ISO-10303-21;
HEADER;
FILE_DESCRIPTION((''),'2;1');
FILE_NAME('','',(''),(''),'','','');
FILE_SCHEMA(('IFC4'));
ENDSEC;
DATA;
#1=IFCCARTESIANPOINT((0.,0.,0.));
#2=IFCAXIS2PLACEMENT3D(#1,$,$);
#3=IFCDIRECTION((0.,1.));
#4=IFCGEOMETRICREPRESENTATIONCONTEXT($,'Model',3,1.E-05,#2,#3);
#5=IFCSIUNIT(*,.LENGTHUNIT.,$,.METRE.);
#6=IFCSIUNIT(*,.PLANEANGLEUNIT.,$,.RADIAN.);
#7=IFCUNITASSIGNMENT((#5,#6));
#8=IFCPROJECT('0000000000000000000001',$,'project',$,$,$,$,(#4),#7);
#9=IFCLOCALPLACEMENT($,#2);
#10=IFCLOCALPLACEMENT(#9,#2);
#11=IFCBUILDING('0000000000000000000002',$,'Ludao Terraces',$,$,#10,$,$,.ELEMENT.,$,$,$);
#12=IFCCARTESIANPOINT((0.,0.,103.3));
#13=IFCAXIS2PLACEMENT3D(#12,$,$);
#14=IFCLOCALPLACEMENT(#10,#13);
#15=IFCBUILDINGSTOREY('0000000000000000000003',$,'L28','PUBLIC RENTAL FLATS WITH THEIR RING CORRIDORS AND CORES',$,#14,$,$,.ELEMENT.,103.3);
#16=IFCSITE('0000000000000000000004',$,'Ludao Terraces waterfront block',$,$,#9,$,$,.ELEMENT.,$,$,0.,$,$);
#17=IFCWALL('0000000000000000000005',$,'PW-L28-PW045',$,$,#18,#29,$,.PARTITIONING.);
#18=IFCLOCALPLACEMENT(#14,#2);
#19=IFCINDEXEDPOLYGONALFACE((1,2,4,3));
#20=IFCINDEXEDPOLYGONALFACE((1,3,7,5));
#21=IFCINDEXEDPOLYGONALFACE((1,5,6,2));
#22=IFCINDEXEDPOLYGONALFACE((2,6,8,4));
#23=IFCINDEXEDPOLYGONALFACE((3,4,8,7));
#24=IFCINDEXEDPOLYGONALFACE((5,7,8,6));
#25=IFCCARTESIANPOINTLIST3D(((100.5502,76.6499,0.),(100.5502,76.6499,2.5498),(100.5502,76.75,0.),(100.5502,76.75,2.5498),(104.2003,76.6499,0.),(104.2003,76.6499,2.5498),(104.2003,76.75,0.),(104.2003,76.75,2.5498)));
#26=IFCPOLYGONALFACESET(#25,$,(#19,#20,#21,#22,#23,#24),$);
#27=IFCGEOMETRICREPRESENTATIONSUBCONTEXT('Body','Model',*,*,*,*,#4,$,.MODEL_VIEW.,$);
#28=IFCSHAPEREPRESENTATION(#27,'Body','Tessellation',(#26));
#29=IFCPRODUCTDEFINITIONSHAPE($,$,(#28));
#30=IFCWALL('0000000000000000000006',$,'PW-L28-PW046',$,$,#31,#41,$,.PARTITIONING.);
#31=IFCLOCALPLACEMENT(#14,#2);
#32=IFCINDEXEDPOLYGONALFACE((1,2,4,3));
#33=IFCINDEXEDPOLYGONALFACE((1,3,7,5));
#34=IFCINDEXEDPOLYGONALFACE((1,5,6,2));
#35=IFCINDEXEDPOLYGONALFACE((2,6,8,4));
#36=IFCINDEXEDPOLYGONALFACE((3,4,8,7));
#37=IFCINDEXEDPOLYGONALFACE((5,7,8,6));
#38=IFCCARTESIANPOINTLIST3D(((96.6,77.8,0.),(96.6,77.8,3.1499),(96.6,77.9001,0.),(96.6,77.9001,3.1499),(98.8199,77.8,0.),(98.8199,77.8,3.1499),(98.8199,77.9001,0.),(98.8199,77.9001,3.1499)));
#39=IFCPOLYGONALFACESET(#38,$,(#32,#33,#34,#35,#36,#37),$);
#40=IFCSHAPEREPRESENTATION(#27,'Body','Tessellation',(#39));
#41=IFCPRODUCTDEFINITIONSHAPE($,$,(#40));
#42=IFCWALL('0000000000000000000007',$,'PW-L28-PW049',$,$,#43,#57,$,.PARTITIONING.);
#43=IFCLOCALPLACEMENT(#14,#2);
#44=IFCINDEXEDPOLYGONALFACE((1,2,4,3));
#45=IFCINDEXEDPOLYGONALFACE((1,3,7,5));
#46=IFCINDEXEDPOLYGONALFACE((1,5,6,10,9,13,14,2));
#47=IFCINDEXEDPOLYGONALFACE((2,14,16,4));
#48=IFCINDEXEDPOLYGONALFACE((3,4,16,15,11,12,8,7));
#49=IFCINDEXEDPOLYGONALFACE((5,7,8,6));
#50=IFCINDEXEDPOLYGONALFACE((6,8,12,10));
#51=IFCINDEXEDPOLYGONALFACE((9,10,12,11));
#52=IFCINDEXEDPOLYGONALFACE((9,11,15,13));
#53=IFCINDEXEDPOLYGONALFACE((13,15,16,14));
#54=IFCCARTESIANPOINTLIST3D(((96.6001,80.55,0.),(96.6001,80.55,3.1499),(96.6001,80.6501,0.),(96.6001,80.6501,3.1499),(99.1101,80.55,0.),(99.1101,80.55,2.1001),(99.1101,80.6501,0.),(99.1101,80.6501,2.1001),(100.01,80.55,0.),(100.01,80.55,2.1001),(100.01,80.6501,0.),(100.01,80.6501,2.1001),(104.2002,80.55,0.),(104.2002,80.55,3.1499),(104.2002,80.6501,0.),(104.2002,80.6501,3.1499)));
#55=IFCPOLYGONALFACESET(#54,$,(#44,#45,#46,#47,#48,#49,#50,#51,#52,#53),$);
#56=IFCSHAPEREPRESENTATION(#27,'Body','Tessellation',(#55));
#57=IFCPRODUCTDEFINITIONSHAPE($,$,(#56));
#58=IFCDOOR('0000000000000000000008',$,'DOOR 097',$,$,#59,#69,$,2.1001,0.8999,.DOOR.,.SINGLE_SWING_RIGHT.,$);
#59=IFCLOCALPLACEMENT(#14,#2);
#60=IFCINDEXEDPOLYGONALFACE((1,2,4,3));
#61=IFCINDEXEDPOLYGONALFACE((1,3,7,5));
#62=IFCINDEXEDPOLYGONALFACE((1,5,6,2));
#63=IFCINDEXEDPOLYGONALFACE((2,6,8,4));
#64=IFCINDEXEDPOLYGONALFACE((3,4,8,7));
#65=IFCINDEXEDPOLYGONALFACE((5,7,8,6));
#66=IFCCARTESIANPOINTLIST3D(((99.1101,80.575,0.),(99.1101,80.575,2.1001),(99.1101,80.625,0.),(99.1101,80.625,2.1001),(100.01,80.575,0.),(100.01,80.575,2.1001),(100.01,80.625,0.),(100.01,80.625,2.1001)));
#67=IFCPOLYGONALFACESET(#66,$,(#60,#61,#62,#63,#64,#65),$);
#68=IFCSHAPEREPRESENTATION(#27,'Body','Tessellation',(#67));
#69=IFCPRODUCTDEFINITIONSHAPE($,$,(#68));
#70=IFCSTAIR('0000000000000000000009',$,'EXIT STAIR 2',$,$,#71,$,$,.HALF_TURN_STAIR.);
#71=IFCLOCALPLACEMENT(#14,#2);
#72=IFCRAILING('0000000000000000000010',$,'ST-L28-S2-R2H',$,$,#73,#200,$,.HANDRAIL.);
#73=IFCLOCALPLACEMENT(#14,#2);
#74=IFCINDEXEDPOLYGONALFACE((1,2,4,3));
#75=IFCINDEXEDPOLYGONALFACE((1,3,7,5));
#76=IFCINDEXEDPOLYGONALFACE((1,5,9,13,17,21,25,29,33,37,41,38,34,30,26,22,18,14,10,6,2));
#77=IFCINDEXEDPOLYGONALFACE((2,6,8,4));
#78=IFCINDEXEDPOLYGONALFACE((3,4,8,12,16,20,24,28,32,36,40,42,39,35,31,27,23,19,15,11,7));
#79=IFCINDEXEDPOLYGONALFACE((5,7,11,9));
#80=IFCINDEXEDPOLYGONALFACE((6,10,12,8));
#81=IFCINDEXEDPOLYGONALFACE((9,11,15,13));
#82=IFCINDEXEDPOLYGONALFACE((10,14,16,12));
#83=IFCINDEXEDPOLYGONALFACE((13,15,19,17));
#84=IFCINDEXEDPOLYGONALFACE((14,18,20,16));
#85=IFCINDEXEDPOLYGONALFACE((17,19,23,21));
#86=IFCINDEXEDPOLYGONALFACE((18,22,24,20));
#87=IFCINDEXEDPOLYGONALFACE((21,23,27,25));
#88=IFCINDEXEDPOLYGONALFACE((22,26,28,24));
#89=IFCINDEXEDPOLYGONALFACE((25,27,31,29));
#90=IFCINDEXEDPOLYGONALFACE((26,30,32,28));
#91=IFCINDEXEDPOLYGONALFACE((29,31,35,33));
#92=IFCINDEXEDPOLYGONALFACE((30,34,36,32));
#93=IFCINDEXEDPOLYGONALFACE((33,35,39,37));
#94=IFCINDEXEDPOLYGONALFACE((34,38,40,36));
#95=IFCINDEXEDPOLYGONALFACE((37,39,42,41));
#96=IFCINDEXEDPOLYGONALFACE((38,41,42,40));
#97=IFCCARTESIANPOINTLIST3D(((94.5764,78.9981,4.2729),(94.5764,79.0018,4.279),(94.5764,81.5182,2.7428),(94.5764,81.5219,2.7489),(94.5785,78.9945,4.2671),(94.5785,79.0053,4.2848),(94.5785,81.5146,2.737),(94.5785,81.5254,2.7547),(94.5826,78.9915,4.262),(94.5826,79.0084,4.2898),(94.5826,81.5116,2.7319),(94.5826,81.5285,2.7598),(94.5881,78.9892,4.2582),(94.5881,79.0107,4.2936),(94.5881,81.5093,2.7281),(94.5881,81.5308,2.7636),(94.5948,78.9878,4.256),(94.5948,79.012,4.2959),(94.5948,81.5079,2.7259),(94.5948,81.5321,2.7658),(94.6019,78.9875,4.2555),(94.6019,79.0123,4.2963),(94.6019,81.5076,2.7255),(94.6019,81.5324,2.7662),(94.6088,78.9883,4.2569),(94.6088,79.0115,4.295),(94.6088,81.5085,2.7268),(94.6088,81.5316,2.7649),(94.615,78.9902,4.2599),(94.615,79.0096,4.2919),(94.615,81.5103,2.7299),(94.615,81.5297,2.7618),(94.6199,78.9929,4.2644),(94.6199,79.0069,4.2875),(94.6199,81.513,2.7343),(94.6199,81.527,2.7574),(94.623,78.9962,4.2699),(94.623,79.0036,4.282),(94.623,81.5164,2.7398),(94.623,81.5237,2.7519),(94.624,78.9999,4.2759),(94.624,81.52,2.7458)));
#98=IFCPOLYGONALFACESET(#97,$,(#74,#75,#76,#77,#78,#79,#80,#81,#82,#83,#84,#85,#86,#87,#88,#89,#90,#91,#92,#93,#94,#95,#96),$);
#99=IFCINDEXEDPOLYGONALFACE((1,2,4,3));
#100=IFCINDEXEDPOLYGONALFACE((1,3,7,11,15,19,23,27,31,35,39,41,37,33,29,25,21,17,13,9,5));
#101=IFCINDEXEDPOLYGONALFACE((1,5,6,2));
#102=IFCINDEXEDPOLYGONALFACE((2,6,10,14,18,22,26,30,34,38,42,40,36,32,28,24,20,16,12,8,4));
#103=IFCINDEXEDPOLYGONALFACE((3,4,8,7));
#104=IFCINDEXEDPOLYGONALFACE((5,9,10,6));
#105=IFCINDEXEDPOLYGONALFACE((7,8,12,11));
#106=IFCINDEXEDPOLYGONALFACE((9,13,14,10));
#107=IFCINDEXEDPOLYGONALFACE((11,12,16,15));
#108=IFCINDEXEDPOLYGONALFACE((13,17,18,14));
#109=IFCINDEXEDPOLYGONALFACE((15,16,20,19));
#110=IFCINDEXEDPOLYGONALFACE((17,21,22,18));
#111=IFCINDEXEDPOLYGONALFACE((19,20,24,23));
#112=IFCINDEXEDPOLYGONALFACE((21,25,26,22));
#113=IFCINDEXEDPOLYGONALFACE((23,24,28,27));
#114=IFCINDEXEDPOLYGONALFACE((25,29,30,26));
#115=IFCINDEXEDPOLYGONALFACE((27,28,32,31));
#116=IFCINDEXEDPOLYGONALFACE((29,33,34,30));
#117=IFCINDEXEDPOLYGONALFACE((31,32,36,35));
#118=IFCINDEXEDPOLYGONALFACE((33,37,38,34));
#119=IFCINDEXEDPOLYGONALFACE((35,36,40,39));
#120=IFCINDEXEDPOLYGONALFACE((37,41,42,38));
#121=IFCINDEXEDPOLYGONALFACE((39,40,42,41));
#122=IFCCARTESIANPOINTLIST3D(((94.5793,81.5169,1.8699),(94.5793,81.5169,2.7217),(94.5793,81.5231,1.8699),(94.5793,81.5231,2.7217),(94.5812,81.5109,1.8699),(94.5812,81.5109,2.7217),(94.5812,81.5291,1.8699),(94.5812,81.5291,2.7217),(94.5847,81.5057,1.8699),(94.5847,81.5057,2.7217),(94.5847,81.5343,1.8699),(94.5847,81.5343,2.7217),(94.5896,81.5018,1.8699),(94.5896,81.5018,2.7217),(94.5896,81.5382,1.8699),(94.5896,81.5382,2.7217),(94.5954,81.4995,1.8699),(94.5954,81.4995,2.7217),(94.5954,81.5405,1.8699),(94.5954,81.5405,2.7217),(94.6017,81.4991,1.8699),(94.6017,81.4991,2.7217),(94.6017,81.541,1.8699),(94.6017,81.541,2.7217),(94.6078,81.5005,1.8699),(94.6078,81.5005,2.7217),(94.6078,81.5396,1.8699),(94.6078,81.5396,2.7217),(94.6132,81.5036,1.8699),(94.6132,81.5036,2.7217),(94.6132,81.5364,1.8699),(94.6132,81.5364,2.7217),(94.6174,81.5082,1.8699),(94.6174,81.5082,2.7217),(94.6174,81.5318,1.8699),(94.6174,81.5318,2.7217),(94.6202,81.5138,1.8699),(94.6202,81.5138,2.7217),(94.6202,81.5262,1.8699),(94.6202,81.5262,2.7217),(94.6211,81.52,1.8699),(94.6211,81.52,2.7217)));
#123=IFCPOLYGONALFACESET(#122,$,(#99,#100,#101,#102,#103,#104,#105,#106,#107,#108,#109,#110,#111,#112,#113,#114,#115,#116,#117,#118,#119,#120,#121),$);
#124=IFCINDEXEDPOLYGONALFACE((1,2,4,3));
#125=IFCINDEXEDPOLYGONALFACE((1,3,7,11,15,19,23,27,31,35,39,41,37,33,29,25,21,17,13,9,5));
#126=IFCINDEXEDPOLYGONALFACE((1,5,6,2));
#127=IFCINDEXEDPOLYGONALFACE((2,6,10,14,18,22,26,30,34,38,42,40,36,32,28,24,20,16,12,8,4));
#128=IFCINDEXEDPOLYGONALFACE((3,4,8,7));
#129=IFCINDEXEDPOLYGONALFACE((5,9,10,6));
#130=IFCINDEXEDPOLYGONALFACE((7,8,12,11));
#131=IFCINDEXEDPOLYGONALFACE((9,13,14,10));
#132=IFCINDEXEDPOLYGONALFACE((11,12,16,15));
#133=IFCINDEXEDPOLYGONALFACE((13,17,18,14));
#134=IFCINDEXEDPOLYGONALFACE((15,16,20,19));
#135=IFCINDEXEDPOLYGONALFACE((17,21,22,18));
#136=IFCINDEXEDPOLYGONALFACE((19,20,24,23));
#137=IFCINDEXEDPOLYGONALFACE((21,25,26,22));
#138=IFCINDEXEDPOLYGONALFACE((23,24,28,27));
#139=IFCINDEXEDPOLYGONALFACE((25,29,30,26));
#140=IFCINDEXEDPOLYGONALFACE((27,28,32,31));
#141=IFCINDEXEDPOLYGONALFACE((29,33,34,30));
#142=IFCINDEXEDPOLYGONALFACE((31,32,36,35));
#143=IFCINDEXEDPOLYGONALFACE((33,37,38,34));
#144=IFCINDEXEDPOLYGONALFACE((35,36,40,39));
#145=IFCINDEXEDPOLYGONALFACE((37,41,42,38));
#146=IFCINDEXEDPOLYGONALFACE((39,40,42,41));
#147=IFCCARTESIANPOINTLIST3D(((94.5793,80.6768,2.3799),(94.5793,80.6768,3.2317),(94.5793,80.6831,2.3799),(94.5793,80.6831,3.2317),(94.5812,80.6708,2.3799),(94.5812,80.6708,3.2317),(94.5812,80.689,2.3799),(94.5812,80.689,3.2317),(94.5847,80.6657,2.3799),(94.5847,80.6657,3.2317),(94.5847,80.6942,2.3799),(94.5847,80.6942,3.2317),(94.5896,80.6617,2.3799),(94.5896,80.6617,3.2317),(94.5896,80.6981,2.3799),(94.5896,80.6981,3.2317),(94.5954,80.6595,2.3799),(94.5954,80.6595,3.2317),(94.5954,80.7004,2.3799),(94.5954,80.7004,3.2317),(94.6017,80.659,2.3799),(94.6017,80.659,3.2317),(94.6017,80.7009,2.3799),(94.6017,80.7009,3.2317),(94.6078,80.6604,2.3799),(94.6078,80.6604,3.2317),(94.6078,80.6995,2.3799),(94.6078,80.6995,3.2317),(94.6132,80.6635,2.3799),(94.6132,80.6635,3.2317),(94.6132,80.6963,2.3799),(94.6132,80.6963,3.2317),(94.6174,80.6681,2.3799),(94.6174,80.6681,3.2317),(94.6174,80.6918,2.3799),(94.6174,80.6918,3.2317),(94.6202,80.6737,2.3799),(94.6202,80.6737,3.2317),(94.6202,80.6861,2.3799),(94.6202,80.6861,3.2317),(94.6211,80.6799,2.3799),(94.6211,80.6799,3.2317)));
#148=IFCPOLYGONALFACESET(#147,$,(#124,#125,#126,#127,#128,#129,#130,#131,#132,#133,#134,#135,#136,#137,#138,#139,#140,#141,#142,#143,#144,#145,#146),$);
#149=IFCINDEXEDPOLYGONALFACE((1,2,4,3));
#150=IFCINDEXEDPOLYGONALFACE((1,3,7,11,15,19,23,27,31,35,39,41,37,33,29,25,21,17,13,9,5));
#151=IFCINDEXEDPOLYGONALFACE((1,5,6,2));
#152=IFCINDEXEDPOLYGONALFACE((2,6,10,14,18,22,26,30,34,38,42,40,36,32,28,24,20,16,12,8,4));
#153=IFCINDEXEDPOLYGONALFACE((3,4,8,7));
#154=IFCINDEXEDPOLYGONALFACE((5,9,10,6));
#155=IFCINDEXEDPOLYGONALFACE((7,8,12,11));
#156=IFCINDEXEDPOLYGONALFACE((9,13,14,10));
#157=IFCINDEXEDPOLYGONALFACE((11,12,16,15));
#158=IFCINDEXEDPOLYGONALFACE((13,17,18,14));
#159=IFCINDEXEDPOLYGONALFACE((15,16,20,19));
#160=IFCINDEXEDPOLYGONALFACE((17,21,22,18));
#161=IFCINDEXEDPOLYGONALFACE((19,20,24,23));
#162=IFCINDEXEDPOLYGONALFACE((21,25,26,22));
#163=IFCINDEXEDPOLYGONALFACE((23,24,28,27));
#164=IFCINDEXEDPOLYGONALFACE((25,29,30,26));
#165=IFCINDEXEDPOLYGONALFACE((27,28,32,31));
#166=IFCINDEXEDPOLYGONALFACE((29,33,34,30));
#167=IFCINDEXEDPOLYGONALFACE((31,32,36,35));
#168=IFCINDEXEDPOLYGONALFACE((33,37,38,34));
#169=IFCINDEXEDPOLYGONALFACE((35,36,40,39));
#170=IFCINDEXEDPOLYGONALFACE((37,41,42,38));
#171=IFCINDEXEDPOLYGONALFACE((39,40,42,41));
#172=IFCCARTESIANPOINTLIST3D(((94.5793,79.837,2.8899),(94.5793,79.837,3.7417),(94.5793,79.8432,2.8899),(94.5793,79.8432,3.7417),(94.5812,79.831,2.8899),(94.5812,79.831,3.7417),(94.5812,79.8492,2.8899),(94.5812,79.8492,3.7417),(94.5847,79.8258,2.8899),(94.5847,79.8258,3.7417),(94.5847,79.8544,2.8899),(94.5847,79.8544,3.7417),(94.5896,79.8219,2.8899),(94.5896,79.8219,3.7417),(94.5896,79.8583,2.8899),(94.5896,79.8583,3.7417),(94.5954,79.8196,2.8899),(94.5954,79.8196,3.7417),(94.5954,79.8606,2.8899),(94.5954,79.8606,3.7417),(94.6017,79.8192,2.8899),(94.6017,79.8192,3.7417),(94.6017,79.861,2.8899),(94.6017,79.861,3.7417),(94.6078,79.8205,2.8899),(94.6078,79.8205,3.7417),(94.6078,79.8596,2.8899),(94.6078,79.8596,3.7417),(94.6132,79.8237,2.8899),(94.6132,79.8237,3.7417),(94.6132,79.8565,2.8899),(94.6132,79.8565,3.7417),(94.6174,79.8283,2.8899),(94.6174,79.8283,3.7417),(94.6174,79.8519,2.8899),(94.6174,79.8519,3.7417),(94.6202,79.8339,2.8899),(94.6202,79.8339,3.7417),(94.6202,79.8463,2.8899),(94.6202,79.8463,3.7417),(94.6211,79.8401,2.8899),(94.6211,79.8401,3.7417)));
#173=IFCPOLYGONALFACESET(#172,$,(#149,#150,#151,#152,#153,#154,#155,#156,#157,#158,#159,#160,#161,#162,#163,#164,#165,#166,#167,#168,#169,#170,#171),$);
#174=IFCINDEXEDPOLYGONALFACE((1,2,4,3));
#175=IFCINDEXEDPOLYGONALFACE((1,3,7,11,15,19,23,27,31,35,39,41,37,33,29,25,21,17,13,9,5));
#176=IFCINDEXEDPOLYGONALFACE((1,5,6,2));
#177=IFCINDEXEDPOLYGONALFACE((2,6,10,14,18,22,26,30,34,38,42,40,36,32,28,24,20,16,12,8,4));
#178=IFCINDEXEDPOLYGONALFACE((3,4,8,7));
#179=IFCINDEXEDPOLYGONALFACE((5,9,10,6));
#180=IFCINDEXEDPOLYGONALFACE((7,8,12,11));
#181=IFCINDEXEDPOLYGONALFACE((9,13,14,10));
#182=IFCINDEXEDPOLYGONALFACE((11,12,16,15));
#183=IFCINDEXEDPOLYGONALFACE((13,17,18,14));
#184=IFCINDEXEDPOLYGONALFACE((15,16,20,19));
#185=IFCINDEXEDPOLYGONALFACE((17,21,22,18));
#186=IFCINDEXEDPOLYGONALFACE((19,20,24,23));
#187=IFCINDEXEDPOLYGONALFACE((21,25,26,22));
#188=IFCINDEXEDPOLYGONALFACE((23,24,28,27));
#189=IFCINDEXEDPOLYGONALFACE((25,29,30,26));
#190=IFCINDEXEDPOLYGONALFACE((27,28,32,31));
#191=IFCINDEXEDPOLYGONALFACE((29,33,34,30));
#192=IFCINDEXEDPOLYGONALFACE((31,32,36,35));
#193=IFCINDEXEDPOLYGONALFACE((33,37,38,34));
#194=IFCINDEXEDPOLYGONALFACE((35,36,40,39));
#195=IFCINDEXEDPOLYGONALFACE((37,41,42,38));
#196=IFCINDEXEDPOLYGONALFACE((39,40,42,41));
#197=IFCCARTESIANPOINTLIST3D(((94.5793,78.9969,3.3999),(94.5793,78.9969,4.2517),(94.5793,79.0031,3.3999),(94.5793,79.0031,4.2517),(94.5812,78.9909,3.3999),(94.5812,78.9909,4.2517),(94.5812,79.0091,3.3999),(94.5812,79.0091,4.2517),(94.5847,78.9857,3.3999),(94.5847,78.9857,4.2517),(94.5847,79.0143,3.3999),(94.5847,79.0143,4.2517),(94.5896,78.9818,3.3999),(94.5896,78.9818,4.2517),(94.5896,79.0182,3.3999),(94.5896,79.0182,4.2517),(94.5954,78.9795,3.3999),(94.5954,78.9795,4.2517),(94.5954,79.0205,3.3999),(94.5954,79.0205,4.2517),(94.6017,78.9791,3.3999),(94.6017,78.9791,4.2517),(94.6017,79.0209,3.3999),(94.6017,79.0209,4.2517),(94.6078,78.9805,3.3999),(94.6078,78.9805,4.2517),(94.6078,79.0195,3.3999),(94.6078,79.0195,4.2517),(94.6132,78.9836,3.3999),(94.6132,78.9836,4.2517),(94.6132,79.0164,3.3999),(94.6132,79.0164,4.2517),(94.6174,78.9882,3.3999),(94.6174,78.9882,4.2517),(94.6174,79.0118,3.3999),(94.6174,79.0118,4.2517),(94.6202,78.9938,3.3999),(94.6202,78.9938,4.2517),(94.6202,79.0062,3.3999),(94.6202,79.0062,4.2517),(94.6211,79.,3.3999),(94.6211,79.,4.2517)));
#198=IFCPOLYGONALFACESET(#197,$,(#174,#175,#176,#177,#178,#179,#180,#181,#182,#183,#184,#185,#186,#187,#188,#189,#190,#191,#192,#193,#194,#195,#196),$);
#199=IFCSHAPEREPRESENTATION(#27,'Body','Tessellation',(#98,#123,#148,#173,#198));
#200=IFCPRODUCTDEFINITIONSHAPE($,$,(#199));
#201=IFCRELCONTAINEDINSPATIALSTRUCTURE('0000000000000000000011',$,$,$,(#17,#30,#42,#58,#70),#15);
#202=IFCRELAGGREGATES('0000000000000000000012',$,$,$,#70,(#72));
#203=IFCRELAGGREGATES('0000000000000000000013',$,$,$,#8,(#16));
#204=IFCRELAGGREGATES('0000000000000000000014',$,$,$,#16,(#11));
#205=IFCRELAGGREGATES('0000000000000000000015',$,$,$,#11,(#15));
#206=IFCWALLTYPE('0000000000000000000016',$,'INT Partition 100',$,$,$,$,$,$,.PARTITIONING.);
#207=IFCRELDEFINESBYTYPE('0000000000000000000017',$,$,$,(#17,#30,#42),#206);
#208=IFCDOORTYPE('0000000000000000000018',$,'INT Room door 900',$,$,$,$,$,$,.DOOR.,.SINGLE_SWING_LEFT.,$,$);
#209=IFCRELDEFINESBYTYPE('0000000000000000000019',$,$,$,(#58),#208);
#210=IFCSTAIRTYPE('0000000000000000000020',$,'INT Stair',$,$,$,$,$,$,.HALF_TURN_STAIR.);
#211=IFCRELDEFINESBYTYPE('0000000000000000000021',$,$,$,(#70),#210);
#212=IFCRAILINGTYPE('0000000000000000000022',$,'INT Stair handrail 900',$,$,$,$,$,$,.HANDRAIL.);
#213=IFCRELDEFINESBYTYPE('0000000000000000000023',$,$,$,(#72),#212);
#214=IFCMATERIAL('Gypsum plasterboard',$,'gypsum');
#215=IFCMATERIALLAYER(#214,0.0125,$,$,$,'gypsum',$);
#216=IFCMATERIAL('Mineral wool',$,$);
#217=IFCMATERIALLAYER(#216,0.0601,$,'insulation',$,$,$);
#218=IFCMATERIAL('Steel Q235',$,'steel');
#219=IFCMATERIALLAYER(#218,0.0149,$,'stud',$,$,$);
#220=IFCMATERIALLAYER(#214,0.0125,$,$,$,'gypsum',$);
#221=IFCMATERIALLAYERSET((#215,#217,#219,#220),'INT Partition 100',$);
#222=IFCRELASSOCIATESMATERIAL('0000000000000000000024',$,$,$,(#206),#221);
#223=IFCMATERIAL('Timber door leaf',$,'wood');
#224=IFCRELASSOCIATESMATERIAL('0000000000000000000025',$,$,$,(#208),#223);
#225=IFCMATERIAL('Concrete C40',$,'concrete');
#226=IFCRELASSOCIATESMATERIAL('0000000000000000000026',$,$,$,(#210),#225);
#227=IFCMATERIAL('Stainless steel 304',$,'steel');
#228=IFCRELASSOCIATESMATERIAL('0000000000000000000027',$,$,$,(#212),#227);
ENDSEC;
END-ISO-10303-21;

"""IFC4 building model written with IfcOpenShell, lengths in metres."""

from ifc_helpers import new_model, si_unit, direction, frame, frame_2d, origin, origin_2d, place, context, subcontext, project, spatial, rectangle, circle, extrude, material, layer, layer_set, type_object, element, fill, aggregate, save


model = new_model("IFC4")

# Units and contexts
model_context = context("Model", 3, precision=1e-05, world=origin(), true_north=direction((0.0, 1.0)))
body_context = subcontext(model_context, "Body", "Model", "MODEL_VIEW")
ifc_project = project(units=[si_unit("LENGTHUNIT", "METRE"), si_unit("PLANEANGLEUNIT", "RADIAN")], contexts=[model_context])

# Site, building, storey
site_placement = place(None, origin())
site = spatial("IfcSite", under=ifc_project, at=site_placement, Name="Ludao Terraces waterfront block", CompositionType="ELEMENT", RefElevation=0.0)
building_placement = place(site_placement, origin())
building = spatial("IfcBuilding", under=site, at=building_placement, Name="Ludao Terraces", CompositionType="ELEMENT")
storey_placement = place(building_placement, frame((0.0, 0.0, 103.3)))
storey = spatial("IfcBuildingStorey", under=building, at=storey_placement, Name="L28", Description="PUBLIC RENTAL FLATS WITH THEIR RING CORRIDORS AND CORES", CompositionType="ELEMENT", Elevation=103.3)

# Shared definitions
ifc_material_1 = material(Name="Concrete C40", Category="concrete")

# Shared definitions
ifc_material_2 = material(Name="Steel Q235", Category="steel")

# Shared definitions
ifc_material_3 = material(Name="Mineral wool")

# Walls
ifc_material_4 = material(Name="Gypsum plasterboard", Category="gypsum")
ifc_layer_1 = layer(ifc_material_4, 0.0125, Category="gypsum")
ifc_layer_2 = layer(ifc_material_3, 0.0601, Name="insulation")
ifc_layer_3 = layer(ifc_material_2, 0.0149, Name="stud")
ifc_layer_4 = layer(ifc_material_4, 0.0125, Category="gypsum")
ifc_layer_set_1 = layer_set([ifc_layer_1, ifc_layer_2, ifc_layer_3, ifc_layer_4], Name="INT Partition 100")
wall_type_1 = type_object("IfcWallType", Name="INT Partition 100", PredefinedType="PARTITIONING", material=ifc_layer_set_1)
wall_1_placement = place(storey_placement, frame((100.55, 76.7, 0.0), z_axis=(0.0, 0.0, 1.0), x_axis=(1.0, 0.0, 0.0)))
element("IfcWall", 1, at=wall_1_placement, inside=storey, type_object=wall_type_1, Name="PW-L28-PW045", PredefinedType="PARTITIONING", context=body_context, shape_type="SweptSolid", body=[
    extrude(rectangle(XDim=3.6501, YDim=0.1001, at=frame_2d((1.8252, 0.0))), origin(), (0.0, 0.0, 1.0), 2.5498),
])
wall_2_placement = place(storey_placement, frame((96.6001, 77.8501, 0.0), z_axis=(0.0, 0.0, 1.0), x_axis=(1.0, 0.0, 0.0)))
element("IfcWall", 2, at=wall_2_placement, inside=storey, type_object=wall_type_1, Name="PW-L28-PW046", PredefinedType="PARTITIONING", context=body_context, shape_type="SweptSolid", body=[
    extrude(rectangle(XDim=2.22, YDim=0.1001, at=frame_2d((1.1099, 0.0))), origin(), (0.0, 0.0, 1.0), 3.1499),
])

# Wall, opening, door
wall_3_placement = place(storey_placement, frame((96.6001, 80.6001, 0.0), z_axis=(0.0, 0.0, 1.0), x_axis=(1.0, 0.0, 0.0)))
wall_3 = element("IfcWall", 3, at=wall_3_placement, inside=storey, type_object=wall_type_1, Name="PW-L28-PW049", PredefinedType="PARTITIONING", context=body_context, shape_type="SweptSolid", body=[
    extrude(rectangle(XDim=7.6001, YDim=0.1001, at=frame_2d((3.8, 0.0))), origin(), (0.0, 0.0, 1.0), 3.1499),
])
opening_1_placement = place(wall_3_placement, frame((2.51, 0.0, 0.0)))
opening_1 = element("IfcOpeningElement", 4, at=opening_1_placement, cuts=wall_3, PredefinedType="OPENING", context=body_context, shape_type="SweptSolid", body=[
    extrude(rectangle(XDim=0.8999, YDim=2.1001, at=frame_2d((0.45, 1.05))), frame((0.0, 0.0601, 0.0), z_axis=(0.0, -1.0, 0.0), x_axis=(1.0, 0.0, 0.0)), (0.0, 0.0, 1.0), 0.1201),
])
ifc_material_5 = material(Name="Timber door leaf", Category="wood")
door_type_1 = type_object("IfcDoorType", Name="INT Room door 900", OperationType="SINGLE_SWING_LEFT", PredefinedType="DOOR", material=ifc_material_5)
door_1_placement = place(opening_1_placement, origin())
door_1 = element("IfcDoor", 5, at=door_1_placement, inside=storey, type_object=door_type_1, Name="DOOR 097", OperationType="SINGLE_SWING_RIGHT", OverallHeight=2.1001, OverallWidth=0.8999, PredefinedType="DOOR", context=body_context, shape_type="SweptSolid", body=[
    extrude(rectangle(XDim=0.8999, YDim=2.1001, at=frame_2d((0.45, 1.05))), frame((0.0, 0.0249, 0.0), z_axis=(0.0, -1.0, 0.0), x_axis=(1.0, 0.0, 0.0)), (0.0, 0.0, 1.0), 0.05),
])
fill(opening_1, door_1)

# Stair, railing
stair_type = type_object("IfcStairType", Name="INT Stair", PredefinedType="HALF_TURN_STAIR", material=ifc_material_1)
stair_placement = place(storey_placement, origin())
stair = element("IfcStair", 6, at=stair_placement, inside=storey, type_object=stair_type, Name="EXIT STAIR 2", PredefinedType="HALF_TURN_STAIR")
ifc_material_6 = material(Name="Stainless steel 304", Category="steel")
railing_type = type_object("IfcRailingType", Name="INT Stair handrail 900", PredefinedType="HANDRAIL", material=ifc_material_6)
railing_placement = place(storey_placement, frame((94.6001, 81.52, 1.8699)))
railing = element("IfcRailing", 7, at=railing_placement, type_object=railing_type, Name="ST-L28-S2-R2H", PredefinedType="HANDRAIL", context=body_context, shape_type="SweptSolid", body=[
    extrude(circle(Radius=0.0239, at=origin_2d()), frame((0.0, 0.0, 0.876), z_axis=(0.0, -0.854785, 0.518982), x_axis=(1.0, 0.0, 0.0)), (0.0, 0.0, 1.0), 2.9482),
    extrude(circle(Radius=0.021, at=origin_2d()), origin(), (0.0, 0.0, 1.0), 0.8518),
    extrude(circle(Radius=0.021, at=origin_2d()), frame((0.0, -0.8401, 0.51)), (0.0, 0.0, 1.0), 0.8518),
    extrude(circle(Radius=0.021, at=origin_2d()), frame((0.0, -1.6799, 1.02)), (0.0, 0.0, 1.0), 0.8518),
    extrude(circle(Radius=0.021, at=origin_2d()), frame((0.0, -2.52, 1.53)), (0.0, 0.0, 1.0), 0.8518),
])
aggregate(stair, [railing])

save(model, "model.ifc")
